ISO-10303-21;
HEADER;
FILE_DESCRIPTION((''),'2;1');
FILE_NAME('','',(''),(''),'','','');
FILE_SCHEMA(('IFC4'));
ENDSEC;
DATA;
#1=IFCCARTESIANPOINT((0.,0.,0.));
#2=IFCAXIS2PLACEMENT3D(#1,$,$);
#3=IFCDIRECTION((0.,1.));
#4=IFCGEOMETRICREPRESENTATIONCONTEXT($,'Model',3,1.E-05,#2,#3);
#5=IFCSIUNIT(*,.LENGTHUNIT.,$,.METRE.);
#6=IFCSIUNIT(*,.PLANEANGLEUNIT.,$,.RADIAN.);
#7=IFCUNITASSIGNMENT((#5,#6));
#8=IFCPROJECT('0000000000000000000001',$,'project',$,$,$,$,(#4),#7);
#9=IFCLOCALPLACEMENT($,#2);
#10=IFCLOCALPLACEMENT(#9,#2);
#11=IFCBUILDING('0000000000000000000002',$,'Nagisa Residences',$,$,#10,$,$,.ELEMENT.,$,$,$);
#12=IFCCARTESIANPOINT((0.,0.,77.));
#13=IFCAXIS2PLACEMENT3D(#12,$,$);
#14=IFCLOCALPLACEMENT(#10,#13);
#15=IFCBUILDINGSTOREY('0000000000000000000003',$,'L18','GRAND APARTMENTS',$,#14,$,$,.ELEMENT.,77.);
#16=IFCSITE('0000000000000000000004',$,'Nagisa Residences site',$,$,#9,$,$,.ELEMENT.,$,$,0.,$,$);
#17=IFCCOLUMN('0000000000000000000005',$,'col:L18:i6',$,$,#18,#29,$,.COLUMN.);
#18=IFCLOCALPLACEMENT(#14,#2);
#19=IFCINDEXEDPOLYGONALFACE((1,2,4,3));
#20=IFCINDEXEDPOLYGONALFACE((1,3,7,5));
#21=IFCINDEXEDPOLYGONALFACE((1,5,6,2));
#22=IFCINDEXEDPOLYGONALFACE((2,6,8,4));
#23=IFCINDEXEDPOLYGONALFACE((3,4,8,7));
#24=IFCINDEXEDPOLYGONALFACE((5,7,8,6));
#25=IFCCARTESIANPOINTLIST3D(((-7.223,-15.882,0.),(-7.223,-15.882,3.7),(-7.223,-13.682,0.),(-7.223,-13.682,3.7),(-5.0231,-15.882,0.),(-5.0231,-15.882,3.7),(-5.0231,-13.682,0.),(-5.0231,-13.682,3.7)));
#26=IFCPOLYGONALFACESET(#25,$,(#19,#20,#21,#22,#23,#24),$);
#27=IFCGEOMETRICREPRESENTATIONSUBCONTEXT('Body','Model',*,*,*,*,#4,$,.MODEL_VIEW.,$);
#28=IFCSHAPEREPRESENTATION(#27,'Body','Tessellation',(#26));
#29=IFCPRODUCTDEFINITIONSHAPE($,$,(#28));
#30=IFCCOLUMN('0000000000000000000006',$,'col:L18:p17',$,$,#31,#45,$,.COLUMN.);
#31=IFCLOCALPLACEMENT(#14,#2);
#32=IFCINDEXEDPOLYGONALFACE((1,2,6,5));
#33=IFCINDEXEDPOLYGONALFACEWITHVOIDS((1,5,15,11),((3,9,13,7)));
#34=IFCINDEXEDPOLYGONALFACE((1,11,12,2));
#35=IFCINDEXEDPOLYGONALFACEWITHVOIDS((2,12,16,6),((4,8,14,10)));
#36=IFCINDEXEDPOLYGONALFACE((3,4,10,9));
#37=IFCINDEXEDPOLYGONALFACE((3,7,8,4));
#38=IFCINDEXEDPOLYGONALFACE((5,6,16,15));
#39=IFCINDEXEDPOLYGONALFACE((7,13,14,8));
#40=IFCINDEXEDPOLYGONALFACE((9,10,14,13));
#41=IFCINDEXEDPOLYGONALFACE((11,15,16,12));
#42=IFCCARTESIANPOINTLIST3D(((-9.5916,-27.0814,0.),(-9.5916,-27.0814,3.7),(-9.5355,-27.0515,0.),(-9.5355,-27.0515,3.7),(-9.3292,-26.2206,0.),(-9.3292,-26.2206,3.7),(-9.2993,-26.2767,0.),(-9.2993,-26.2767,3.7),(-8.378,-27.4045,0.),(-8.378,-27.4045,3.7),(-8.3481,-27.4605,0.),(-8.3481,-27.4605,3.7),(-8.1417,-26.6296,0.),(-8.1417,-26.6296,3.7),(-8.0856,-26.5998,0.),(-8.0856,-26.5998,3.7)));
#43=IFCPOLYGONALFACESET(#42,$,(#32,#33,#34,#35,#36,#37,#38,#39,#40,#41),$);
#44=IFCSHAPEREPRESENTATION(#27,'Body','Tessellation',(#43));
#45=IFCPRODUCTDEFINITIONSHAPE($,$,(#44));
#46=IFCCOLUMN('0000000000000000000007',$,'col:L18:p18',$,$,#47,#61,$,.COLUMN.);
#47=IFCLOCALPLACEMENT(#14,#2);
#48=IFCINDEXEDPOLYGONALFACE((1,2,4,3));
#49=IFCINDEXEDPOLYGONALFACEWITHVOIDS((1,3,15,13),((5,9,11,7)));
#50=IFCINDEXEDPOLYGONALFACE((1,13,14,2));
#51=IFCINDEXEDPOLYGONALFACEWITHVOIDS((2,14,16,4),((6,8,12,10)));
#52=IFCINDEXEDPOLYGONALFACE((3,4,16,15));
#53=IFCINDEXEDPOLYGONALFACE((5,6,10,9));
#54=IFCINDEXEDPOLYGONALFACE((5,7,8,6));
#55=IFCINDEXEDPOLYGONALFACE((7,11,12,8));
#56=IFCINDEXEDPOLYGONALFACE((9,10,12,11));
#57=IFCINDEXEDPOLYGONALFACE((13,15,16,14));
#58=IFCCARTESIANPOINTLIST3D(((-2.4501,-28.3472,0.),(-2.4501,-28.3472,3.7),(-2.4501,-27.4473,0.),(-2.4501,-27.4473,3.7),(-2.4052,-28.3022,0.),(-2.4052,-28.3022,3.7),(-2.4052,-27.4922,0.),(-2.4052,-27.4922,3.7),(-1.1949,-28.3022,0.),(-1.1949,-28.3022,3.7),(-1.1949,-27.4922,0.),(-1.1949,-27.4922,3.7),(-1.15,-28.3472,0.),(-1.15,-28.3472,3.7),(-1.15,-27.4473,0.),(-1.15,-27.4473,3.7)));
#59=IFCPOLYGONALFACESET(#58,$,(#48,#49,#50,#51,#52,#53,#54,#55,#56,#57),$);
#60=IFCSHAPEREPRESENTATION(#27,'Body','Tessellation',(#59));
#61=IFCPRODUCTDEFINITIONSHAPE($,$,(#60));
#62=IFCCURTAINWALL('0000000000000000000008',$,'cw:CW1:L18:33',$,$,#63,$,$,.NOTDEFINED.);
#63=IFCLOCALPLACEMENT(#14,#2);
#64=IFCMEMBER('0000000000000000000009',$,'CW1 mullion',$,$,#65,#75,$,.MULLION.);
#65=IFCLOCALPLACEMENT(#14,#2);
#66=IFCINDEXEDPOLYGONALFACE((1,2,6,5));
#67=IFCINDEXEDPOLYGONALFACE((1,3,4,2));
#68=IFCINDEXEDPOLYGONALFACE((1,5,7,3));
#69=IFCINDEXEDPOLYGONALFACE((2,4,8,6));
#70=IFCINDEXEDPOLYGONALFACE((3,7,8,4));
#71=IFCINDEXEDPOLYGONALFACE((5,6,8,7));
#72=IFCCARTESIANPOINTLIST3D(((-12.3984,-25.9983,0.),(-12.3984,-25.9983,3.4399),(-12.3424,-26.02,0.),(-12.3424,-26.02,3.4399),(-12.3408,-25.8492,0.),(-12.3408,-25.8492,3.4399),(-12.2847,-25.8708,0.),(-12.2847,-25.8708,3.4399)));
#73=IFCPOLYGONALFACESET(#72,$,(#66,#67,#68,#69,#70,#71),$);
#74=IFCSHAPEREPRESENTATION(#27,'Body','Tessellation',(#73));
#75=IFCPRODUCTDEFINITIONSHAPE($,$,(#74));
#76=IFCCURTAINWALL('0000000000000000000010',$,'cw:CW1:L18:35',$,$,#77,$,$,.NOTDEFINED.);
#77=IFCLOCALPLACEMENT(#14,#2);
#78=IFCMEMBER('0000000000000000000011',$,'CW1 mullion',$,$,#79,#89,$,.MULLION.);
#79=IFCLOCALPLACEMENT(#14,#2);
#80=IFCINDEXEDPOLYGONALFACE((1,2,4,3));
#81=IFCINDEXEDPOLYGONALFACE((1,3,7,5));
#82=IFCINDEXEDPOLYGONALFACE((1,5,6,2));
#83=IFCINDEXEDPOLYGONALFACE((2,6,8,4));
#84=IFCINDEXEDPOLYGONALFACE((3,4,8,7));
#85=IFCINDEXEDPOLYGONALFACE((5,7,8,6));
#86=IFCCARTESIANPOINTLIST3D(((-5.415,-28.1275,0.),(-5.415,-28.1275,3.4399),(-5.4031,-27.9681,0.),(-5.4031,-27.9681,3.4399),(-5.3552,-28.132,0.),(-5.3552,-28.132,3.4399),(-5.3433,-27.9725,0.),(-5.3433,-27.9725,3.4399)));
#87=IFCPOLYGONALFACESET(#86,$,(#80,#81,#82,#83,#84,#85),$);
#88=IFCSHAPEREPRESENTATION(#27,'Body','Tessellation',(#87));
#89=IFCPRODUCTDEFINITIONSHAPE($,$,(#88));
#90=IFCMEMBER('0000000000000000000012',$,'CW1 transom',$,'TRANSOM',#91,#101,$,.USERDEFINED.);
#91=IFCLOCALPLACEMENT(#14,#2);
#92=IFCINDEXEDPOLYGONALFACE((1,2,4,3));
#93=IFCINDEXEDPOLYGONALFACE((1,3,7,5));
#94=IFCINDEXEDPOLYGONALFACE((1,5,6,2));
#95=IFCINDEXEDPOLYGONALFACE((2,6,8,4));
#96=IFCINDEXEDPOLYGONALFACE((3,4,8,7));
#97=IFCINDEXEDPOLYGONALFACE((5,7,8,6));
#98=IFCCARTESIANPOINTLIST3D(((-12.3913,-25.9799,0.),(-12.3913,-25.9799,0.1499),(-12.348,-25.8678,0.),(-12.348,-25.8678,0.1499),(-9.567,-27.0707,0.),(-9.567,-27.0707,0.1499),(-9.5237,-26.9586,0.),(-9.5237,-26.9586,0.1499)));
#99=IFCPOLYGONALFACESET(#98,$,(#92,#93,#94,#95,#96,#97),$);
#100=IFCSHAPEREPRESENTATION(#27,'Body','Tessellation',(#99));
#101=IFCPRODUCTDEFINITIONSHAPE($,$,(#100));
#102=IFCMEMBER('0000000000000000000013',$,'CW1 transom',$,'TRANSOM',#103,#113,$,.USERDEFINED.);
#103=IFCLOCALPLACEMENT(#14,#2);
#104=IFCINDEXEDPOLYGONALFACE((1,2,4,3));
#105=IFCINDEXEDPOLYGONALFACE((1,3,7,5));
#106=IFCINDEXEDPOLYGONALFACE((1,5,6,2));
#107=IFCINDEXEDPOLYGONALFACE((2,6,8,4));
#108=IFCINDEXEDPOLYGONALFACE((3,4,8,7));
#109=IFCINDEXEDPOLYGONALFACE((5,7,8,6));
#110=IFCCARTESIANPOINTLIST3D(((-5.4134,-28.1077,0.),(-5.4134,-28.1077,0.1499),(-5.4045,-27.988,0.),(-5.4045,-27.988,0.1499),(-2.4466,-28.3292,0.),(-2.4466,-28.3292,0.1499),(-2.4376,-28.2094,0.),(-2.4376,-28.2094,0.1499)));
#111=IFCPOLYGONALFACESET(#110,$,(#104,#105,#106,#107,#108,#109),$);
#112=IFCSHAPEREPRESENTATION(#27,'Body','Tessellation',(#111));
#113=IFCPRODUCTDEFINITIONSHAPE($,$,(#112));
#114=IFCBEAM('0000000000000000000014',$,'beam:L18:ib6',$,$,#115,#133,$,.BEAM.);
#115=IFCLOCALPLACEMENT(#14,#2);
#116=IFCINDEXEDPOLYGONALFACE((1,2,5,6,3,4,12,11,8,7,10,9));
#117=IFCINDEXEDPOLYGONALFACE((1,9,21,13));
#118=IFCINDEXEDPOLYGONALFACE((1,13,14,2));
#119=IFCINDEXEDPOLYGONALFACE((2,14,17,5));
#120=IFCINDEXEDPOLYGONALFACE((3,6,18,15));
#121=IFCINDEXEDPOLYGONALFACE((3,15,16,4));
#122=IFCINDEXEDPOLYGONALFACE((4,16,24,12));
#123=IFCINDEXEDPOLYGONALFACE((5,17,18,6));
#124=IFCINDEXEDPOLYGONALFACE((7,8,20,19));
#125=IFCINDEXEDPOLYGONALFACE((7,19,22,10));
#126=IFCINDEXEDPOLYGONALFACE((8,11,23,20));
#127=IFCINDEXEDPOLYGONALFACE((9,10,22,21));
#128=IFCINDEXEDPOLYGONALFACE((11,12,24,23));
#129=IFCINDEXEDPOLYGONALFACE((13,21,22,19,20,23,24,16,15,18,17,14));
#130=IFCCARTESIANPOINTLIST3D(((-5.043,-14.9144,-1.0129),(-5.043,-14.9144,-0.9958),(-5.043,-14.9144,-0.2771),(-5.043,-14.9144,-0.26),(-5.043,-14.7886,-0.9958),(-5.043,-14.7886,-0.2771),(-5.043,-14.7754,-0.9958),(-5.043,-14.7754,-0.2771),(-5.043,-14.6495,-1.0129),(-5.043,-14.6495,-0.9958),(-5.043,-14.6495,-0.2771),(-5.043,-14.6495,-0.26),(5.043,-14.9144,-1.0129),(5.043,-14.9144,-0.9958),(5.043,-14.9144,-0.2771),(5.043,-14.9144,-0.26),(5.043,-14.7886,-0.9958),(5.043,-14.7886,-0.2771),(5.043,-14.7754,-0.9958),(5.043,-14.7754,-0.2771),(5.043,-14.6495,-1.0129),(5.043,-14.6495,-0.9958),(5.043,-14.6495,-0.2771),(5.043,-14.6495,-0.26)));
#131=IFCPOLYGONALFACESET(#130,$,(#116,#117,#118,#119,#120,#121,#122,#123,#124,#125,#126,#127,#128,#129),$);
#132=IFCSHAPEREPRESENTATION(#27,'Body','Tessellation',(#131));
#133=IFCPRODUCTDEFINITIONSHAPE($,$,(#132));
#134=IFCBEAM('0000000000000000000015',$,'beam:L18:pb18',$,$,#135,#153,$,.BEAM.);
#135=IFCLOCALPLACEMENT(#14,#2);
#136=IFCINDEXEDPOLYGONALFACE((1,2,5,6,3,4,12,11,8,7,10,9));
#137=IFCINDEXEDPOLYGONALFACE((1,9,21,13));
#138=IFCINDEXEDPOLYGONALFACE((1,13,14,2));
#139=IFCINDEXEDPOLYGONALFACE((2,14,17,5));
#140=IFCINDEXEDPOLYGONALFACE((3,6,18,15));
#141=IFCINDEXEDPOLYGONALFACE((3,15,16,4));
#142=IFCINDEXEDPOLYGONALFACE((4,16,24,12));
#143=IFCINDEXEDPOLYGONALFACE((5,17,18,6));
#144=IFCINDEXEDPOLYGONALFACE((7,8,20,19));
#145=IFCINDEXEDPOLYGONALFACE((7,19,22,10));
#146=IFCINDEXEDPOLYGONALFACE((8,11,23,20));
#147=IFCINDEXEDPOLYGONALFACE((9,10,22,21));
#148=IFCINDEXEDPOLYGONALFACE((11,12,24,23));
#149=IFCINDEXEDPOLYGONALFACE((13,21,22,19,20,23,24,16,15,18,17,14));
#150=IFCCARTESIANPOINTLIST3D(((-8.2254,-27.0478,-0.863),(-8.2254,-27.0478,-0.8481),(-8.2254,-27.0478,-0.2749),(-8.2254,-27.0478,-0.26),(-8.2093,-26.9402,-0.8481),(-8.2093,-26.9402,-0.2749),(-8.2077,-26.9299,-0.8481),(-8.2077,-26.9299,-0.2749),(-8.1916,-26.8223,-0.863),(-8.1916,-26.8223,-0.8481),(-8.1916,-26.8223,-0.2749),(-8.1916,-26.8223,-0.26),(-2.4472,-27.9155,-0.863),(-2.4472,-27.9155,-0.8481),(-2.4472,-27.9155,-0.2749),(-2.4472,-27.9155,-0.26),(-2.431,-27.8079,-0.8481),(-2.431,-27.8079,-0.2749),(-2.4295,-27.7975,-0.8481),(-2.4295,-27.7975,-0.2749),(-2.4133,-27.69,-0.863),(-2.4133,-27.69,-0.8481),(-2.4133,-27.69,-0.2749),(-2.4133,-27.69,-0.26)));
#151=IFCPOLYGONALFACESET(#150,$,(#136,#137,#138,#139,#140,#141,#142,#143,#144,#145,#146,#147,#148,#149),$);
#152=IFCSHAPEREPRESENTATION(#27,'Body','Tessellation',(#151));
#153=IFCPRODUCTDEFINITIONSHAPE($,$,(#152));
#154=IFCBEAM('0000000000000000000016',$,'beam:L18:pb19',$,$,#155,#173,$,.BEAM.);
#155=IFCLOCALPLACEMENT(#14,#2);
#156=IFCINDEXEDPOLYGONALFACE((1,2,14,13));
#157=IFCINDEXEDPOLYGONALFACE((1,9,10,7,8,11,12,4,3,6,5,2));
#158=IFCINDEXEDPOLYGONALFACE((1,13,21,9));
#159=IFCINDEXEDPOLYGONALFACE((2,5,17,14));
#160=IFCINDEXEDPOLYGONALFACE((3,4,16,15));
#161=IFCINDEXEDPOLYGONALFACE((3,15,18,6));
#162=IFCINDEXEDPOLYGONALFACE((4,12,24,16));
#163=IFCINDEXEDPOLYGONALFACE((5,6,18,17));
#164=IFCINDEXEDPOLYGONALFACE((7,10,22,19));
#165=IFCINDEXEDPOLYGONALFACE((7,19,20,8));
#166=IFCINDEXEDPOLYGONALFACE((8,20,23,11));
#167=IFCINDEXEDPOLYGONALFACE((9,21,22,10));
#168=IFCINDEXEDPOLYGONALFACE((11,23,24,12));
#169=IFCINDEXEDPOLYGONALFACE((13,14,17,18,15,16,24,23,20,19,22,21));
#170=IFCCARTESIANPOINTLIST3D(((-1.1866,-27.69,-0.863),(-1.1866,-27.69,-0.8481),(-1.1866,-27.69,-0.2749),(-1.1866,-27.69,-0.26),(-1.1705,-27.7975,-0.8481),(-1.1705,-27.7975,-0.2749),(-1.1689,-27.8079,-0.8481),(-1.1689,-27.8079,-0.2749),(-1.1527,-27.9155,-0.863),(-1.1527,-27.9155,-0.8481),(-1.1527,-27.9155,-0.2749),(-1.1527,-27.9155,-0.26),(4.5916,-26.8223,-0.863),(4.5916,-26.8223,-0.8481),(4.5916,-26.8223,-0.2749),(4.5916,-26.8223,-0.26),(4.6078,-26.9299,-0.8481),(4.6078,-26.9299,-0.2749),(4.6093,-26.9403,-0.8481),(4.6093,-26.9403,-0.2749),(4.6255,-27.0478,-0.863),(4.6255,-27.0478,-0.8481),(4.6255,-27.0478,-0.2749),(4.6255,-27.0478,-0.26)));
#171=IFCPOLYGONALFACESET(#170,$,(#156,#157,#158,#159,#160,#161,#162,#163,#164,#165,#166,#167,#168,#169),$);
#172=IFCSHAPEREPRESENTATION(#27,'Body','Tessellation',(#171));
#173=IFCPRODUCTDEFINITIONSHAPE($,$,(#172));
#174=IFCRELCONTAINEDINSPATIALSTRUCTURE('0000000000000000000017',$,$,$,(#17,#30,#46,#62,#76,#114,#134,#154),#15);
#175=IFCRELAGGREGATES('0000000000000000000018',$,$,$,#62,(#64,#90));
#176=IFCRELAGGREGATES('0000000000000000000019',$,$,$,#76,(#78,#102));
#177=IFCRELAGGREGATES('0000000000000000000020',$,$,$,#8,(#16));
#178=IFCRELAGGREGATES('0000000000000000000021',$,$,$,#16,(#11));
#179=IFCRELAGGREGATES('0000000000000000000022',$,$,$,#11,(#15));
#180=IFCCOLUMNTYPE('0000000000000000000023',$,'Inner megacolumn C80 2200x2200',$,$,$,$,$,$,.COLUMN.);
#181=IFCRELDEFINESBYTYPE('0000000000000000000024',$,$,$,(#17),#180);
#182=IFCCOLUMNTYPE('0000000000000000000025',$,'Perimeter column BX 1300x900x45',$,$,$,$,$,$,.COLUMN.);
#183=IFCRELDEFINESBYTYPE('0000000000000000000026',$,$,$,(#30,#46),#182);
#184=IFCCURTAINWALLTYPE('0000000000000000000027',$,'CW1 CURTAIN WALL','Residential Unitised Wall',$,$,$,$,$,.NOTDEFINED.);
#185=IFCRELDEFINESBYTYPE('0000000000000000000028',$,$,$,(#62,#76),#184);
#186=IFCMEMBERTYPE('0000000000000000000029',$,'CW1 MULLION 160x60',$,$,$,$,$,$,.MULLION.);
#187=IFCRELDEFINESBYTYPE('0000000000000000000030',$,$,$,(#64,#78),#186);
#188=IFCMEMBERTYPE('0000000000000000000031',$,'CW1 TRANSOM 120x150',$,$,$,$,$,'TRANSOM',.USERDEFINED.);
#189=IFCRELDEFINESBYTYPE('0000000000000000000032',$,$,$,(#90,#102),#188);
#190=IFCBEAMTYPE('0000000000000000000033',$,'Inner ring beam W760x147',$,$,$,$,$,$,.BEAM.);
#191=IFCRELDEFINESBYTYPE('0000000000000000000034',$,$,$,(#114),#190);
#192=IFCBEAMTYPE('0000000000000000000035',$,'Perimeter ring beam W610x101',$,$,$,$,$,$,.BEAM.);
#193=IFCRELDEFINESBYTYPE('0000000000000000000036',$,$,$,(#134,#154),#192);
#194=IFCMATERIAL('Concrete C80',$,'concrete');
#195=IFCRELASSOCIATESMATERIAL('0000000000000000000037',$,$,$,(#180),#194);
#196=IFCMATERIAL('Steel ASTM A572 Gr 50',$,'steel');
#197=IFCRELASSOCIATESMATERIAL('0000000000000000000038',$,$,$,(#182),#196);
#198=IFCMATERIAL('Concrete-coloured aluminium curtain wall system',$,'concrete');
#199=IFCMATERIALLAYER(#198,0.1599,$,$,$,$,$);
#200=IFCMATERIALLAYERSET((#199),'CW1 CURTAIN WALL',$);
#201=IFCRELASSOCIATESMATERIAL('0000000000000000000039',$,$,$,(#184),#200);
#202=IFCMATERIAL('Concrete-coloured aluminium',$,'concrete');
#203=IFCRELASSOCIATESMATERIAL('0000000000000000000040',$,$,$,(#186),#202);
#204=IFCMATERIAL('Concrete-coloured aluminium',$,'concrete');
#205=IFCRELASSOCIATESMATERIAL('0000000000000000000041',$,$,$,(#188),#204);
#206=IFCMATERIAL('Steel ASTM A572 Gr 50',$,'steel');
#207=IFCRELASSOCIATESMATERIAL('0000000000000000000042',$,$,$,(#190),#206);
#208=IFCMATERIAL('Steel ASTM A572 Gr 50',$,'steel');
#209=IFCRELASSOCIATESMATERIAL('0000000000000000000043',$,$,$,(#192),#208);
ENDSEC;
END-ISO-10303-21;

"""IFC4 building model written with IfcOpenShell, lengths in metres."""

from ifc_helpers import new_model, si_unit, direction, frame, origin, origin_2d, place, context, subcontext, project, spatial, rectangle, hollow_rectangle, i_section, extrude, material, layer, layer_set, material_profile, profile_set, type_object, element, aggregate, save


model = new_model("IFC4")

# Units and contexts
model_context = context("Model", 3, precision=1e-05, world=origin(), true_north=direction((0.0, 1.0)))
body_context = subcontext(model_context, "Body", "Model", "MODEL_VIEW")
ifc_project = project(units=[si_unit("LENGTHUNIT", "METRE"), si_unit("PLANEANGLEUNIT", "RADIAN")], contexts=[model_context])

# Site, building, storey
site_placement = place(None, origin())
site = spatial("IfcSite", under=ifc_project, at=site_placement, Name="Nagisa Residences site", CompositionType="ELEMENT", RefElevation=0.0)
building_placement = place(site_placement, origin())
building = spatial("IfcBuilding", under=site, at=building_placement, Name="Nagisa Residences", CompositionType="ELEMENT")
storey_placement = place(building_placement, frame((0.0, 0.0, 77.0)))
storey = spatial("IfcBuildingStorey", under=building, at=storey_placement, Name="L18", Description="GRAND APARTMENTS", CompositionType="ELEMENT", Elevation=77.0)

# Columns
ifc_material_1 = material(Name="Concrete C80", Category="concrete")
ifc_material_profile_1 = material_profile(ifc_material_1, rectangle(XDim=2.2, YDim=2.2, at=origin_2d()), Name="C80 2200x2200")
ifc_profile_set_1 = profile_set([ifc_material_profile_1], Name="Concrete C80")
column_type_1 = type_object("IfcColumnType", Name="Inner megacolumn C80 2200x2200", PredefinedType="COLUMN", material=ifc_profile_set_1)
column_placement = place(storey_placement, frame((-6.123, -14.782, 0.0), z_axis=(0.0, 0.0, 1.0), x_axis=(1.0, 0.0, 0.0)))
element("IfcColumn", 1, at=column_placement, inside=storey, type_object=column_type_1, Name="col:L18:i6", PredefinedType="COLUMN", context=body_context, shape_type="SweptSolid", body=[
    extrude(rectangle(XDim=2.2, YDim=2.2, at=origin_2d()), origin(), (0.0, 0.0, 1.0), 3.7),
])
ifc_material_2 = material(Name="Steel ASTM A572 Gr 50", Category="steel")
ifc_material_profile_2 = material_profile(ifc_material_2, hollow_rectangle(XDim=1.3, YDim=0.8999, WallThickness=0.0449, at=origin_2d()), Name="BX 1300x900x45")
ifc_profile_set_2 = profile_set([ifc_material_profile_2], Name="Steel ASTM A572 Gr 50")
column_type_2 = type_object("IfcColumnType", Name="Perimeter column BX 1300x900x45", PredefinedType="COLUMN", material=ifc_profile_set_2)
for number, where, z_axis, x_axis, name in (
    (2, (-8.8386, -26.8406, 0.0), (0.0, 0.0, 1.0), (0.956525, -0.291652, 0.0), "col:L18:p17"),
    (3, (-1.8, -27.8972, 0.0), (0.0, 0.0, 1.0), (1.0, 0.0, 0.0), "col:L18:p18"),
):
    element("IfcColumn", number, at=place(storey_placement, frame(where, z_axis=z_axis, x_axis=x_axis)), inside=storey, type_object=column_type_2, Name=name, PredefinedType="COLUMN", context=body_context, shape_type="SweptSolid", body=[
        extrude(hollow_rectangle(XDim=1.3, YDim=0.8999, WallThickness=0.0449, at=origin_2d()), origin(), (0.0, 0.0, 1.0), 3.7),
    ])

# Curtain walls, members
ifc_material_3 = material(Name="Concrete-coloured aluminium curtain wall system", Category="concrete")
ifc_layer_1 = layer(ifc_material_3, 0.1599)
ifc_layer_set_1 = layer_set([ifc_layer_1], Name="CW1 CURTAIN WALL")
curtain_wall_type = type_object("IfcCurtainWallType", Name="CW1 CURTAIN WALL", Description="Residential Unitised Wall", PredefinedType="NOTDEFINED", material=ifc_layer_set_1)
curtain_wall_1_placement = place(storey_placement, origin())
curtain_wall_1 = element("IfcCurtainWall", 4, at=curtain_wall_1_placement, inside=storey, type_object=curtain_wall_type, Name="cw:CW1:L18:33", PredefinedType="NOTDEFINED")
ifc_material_4 = material(Name="Concrete-coloured aluminium", Category="concrete")
ifc_material_profile_3 = material_profile(ifc_material_4, rectangle(XDim=0.1599, YDim=0.0601, at=origin_2d()), Name="CW1 MULLION 160x60")
ifc_profile_set_3 = profile_set([ifc_material_profile_3], Name="Concrete-coloured aluminium")
member_type_1 = type_object("IfcMemberType", Name="CW1 MULLION 160x60", PredefinedType="MULLION", material=ifc_profile_set_3)
member_1_placement = place(storey_placement, frame((-12.3416, -25.9346, 0.0), z_axis=(0.0, 0.0, 1.0), x_axis=(0.360328, 0.932826, 0.0)))
member_1 = element("IfcMember", 5, at=member_1_placement, type_object=member_type_1, Name="CW1 mullion", PredefinedType="MULLION", context=body_context, shape_type="SweptSolid", body=[
    extrude(rectangle(XDim=0.1599, YDim=0.0601, at=origin_2d()), origin(), (0.0, 0.0, 1.0), 3.4399),
])
curtain_wall_2_placement = place(storey_placement, origin())
curtain_wall_2 = element("IfcCurtainWall", 6, at=curtain_wall_2_placement, inside=storey, type_object=curtain_wall_type, Name="cw:CW1:L18:35", PredefinedType="NOTDEFINED")
member_2_placement = place(storey_placement, frame((-5.3792, -28.05, 0.0), z_axis=(0.0, 0.0, 1.0), x_axis=(0.074377, 0.99723, 0.0)))
member_2 = element("IfcMember", 7, at=member_2_placement, type_object=member_type_1, Name="CW1 mullion", PredefinedType="MULLION", context=body_context, shape_type="SweptSolid", body=[
    extrude(rectangle(XDim=0.1599, YDim=0.0601, at=origin_2d()), origin(), (0.0, 0.0, 1.0), 3.4399),
])

# Members
ifc_material_5 = material(Name="Concrete-coloured aluminium", Category="concrete")
ifc_material_profile_4 = material_profile(ifc_material_5, rectangle(XDim=0.1201, YDim=0.1499, at=origin_2d()), Name="CW1 TRANSOM 120x150")
ifc_profile_set_4 = profile_set([ifc_material_profile_4], Name="Concrete-coloured aluminium")
member_type_2 = type_object("IfcMemberType", Name="CW1 TRANSOM 120x150", ElementType="TRANSOM", PredefinedType="USERDEFINED", material=ifc_profile_set_4)
member_3_placement = place(storey_placement, frame((-12.3696, -25.9238, 0.075), z_axis=(0.932838, -0.360297, 0.0), x_axis=(0.360297, 0.932838, 0.0)))
member_3 = element("IfcMember", 8, at=member_3_placement, type_object=member_type_2, Name="CW1 transom", ObjectType="TRANSOM", PredefinedType="USERDEFINED", context=body_context, shape_type="SweptSolid", body=[
    extrude(rectangle(XDim=0.1201, YDim=0.1499, at=origin_2d()), origin(), (0.0, 0.0, 1.0), 3.0276),
])
member_4_placement = place(storey_placement, frame((-5.4089, -28.0479, 0.075), z_axis=(0.997226, -0.074431, 0.0), x_axis=(0.074431, 0.997226, 0.0)))
member_4 = element("IfcMember", 9, at=member_4_placement, type_object=member_type_2, Name="CW1 transom", ObjectType="TRANSOM", PredefinedType="USERDEFINED", context=body_context, shape_type="SweptSolid", body=[
    extrude(rectangle(XDim=0.1201, YDim=0.1499, at=origin_2d()), origin(), (0.0, 0.0, 1.0), 2.9751),
])

# Beams
ifc_material_6 = material(Name="Steel ASTM A572 Gr 50", Category="steel")
ifc_material_profile_5 = material_profile(ifc_material_6, i_section(OverallWidth=0.2649, OverallDepth=0.7529, WebThickness=0.0132, FlangeThickness=0.0171, at=origin_2d()), Name="W760x147")
ifc_profile_set_5 = profile_set([ifc_material_profile_5], Name="Steel ASTM A572 Gr 50")
beam_type_1 = type_object("IfcBeamType", Name="Inner ring beam W760x147", PredefinedType="BEAM", material=ifc_profile_set_5)
beam_1_placement = place(storey_placement, frame((-5.043, -14.782, -0.6365), z_axis=(1.0, 0.0, 0.0), x_axis=(0.0, 1.0, 0.0)))
element("IfcBeam", 10, at=beam_1_placement, inside=storey, type_object=beam_type_1, Name="beam:L18:ib6", PredefinedType="BEAM", context=body_context, shape_type="SweptSolid", body=[
    extrude(i_section(OverallWidth=0.2649, OverallDepth=0.7529, WebThickness=0.0132, FlangeThickness=0.0171, at=origin_2d()), origin(), (0.0, 0.0, 1.0), 10.0859),
])
ifc_material_7 = material(Name="Steel ASTM A572 Gr 50", Category="steel")
ifc_material_profile_6 = material_profile(ifc_material_7, i_section(OverallWidth=0.228, OverallDepth=0.603, WebThickness=0.0105, FlangeThickness=0.0149, at=origin_2d()), Name="W610x101")
ifc_profile_set_6 = profile_set([ifc_material_profile_6], Name="Steel ASTM A572 Gr 50")
beam_type_2 = type_object("IfcBeamType", Name="Perimeter ring beam W610x101", PredefinedType="BEAM", material=ifc_profile_set_6)
for number, where, z_axis, x_axis, name in (
    (11, (-8.2085, -26.9351, -0.5615), (0.988913, -0.148496, 0.0), (0.148496, 0.988913, 0.0), "beam:L18:pb18"),
    (12, (-1.1697, -27.8027, -0.5615), (0.988913, 0.148496, 0.0), (-0.148496, 0.988913, 0.0), "beam:L18:pb19"),
):
    element("IfcBeam", number, at=place(storey_placement, frame(where, z_axis=z_axis, x_axis=x_axis)), inside=storey, type_object=beam_type_2, Name=name, PredefinedType="BEAM", context=body_context, shape_type="SweptSolid", body=[
        extrude(i_section(OverallWidth=0.228, OverallDepth=0.603, WebThickness=0.0105, FlangeThickness=0.0149, at=origin_2d()), origin(), (0.0, 0.0, 1.0), 5.843),
    ])

aggregate(curtain_wall_1, [member_1, member_3])
aggregate(curtain_wall_2, [member_2, member_4])

save(model, "model.ifc")
